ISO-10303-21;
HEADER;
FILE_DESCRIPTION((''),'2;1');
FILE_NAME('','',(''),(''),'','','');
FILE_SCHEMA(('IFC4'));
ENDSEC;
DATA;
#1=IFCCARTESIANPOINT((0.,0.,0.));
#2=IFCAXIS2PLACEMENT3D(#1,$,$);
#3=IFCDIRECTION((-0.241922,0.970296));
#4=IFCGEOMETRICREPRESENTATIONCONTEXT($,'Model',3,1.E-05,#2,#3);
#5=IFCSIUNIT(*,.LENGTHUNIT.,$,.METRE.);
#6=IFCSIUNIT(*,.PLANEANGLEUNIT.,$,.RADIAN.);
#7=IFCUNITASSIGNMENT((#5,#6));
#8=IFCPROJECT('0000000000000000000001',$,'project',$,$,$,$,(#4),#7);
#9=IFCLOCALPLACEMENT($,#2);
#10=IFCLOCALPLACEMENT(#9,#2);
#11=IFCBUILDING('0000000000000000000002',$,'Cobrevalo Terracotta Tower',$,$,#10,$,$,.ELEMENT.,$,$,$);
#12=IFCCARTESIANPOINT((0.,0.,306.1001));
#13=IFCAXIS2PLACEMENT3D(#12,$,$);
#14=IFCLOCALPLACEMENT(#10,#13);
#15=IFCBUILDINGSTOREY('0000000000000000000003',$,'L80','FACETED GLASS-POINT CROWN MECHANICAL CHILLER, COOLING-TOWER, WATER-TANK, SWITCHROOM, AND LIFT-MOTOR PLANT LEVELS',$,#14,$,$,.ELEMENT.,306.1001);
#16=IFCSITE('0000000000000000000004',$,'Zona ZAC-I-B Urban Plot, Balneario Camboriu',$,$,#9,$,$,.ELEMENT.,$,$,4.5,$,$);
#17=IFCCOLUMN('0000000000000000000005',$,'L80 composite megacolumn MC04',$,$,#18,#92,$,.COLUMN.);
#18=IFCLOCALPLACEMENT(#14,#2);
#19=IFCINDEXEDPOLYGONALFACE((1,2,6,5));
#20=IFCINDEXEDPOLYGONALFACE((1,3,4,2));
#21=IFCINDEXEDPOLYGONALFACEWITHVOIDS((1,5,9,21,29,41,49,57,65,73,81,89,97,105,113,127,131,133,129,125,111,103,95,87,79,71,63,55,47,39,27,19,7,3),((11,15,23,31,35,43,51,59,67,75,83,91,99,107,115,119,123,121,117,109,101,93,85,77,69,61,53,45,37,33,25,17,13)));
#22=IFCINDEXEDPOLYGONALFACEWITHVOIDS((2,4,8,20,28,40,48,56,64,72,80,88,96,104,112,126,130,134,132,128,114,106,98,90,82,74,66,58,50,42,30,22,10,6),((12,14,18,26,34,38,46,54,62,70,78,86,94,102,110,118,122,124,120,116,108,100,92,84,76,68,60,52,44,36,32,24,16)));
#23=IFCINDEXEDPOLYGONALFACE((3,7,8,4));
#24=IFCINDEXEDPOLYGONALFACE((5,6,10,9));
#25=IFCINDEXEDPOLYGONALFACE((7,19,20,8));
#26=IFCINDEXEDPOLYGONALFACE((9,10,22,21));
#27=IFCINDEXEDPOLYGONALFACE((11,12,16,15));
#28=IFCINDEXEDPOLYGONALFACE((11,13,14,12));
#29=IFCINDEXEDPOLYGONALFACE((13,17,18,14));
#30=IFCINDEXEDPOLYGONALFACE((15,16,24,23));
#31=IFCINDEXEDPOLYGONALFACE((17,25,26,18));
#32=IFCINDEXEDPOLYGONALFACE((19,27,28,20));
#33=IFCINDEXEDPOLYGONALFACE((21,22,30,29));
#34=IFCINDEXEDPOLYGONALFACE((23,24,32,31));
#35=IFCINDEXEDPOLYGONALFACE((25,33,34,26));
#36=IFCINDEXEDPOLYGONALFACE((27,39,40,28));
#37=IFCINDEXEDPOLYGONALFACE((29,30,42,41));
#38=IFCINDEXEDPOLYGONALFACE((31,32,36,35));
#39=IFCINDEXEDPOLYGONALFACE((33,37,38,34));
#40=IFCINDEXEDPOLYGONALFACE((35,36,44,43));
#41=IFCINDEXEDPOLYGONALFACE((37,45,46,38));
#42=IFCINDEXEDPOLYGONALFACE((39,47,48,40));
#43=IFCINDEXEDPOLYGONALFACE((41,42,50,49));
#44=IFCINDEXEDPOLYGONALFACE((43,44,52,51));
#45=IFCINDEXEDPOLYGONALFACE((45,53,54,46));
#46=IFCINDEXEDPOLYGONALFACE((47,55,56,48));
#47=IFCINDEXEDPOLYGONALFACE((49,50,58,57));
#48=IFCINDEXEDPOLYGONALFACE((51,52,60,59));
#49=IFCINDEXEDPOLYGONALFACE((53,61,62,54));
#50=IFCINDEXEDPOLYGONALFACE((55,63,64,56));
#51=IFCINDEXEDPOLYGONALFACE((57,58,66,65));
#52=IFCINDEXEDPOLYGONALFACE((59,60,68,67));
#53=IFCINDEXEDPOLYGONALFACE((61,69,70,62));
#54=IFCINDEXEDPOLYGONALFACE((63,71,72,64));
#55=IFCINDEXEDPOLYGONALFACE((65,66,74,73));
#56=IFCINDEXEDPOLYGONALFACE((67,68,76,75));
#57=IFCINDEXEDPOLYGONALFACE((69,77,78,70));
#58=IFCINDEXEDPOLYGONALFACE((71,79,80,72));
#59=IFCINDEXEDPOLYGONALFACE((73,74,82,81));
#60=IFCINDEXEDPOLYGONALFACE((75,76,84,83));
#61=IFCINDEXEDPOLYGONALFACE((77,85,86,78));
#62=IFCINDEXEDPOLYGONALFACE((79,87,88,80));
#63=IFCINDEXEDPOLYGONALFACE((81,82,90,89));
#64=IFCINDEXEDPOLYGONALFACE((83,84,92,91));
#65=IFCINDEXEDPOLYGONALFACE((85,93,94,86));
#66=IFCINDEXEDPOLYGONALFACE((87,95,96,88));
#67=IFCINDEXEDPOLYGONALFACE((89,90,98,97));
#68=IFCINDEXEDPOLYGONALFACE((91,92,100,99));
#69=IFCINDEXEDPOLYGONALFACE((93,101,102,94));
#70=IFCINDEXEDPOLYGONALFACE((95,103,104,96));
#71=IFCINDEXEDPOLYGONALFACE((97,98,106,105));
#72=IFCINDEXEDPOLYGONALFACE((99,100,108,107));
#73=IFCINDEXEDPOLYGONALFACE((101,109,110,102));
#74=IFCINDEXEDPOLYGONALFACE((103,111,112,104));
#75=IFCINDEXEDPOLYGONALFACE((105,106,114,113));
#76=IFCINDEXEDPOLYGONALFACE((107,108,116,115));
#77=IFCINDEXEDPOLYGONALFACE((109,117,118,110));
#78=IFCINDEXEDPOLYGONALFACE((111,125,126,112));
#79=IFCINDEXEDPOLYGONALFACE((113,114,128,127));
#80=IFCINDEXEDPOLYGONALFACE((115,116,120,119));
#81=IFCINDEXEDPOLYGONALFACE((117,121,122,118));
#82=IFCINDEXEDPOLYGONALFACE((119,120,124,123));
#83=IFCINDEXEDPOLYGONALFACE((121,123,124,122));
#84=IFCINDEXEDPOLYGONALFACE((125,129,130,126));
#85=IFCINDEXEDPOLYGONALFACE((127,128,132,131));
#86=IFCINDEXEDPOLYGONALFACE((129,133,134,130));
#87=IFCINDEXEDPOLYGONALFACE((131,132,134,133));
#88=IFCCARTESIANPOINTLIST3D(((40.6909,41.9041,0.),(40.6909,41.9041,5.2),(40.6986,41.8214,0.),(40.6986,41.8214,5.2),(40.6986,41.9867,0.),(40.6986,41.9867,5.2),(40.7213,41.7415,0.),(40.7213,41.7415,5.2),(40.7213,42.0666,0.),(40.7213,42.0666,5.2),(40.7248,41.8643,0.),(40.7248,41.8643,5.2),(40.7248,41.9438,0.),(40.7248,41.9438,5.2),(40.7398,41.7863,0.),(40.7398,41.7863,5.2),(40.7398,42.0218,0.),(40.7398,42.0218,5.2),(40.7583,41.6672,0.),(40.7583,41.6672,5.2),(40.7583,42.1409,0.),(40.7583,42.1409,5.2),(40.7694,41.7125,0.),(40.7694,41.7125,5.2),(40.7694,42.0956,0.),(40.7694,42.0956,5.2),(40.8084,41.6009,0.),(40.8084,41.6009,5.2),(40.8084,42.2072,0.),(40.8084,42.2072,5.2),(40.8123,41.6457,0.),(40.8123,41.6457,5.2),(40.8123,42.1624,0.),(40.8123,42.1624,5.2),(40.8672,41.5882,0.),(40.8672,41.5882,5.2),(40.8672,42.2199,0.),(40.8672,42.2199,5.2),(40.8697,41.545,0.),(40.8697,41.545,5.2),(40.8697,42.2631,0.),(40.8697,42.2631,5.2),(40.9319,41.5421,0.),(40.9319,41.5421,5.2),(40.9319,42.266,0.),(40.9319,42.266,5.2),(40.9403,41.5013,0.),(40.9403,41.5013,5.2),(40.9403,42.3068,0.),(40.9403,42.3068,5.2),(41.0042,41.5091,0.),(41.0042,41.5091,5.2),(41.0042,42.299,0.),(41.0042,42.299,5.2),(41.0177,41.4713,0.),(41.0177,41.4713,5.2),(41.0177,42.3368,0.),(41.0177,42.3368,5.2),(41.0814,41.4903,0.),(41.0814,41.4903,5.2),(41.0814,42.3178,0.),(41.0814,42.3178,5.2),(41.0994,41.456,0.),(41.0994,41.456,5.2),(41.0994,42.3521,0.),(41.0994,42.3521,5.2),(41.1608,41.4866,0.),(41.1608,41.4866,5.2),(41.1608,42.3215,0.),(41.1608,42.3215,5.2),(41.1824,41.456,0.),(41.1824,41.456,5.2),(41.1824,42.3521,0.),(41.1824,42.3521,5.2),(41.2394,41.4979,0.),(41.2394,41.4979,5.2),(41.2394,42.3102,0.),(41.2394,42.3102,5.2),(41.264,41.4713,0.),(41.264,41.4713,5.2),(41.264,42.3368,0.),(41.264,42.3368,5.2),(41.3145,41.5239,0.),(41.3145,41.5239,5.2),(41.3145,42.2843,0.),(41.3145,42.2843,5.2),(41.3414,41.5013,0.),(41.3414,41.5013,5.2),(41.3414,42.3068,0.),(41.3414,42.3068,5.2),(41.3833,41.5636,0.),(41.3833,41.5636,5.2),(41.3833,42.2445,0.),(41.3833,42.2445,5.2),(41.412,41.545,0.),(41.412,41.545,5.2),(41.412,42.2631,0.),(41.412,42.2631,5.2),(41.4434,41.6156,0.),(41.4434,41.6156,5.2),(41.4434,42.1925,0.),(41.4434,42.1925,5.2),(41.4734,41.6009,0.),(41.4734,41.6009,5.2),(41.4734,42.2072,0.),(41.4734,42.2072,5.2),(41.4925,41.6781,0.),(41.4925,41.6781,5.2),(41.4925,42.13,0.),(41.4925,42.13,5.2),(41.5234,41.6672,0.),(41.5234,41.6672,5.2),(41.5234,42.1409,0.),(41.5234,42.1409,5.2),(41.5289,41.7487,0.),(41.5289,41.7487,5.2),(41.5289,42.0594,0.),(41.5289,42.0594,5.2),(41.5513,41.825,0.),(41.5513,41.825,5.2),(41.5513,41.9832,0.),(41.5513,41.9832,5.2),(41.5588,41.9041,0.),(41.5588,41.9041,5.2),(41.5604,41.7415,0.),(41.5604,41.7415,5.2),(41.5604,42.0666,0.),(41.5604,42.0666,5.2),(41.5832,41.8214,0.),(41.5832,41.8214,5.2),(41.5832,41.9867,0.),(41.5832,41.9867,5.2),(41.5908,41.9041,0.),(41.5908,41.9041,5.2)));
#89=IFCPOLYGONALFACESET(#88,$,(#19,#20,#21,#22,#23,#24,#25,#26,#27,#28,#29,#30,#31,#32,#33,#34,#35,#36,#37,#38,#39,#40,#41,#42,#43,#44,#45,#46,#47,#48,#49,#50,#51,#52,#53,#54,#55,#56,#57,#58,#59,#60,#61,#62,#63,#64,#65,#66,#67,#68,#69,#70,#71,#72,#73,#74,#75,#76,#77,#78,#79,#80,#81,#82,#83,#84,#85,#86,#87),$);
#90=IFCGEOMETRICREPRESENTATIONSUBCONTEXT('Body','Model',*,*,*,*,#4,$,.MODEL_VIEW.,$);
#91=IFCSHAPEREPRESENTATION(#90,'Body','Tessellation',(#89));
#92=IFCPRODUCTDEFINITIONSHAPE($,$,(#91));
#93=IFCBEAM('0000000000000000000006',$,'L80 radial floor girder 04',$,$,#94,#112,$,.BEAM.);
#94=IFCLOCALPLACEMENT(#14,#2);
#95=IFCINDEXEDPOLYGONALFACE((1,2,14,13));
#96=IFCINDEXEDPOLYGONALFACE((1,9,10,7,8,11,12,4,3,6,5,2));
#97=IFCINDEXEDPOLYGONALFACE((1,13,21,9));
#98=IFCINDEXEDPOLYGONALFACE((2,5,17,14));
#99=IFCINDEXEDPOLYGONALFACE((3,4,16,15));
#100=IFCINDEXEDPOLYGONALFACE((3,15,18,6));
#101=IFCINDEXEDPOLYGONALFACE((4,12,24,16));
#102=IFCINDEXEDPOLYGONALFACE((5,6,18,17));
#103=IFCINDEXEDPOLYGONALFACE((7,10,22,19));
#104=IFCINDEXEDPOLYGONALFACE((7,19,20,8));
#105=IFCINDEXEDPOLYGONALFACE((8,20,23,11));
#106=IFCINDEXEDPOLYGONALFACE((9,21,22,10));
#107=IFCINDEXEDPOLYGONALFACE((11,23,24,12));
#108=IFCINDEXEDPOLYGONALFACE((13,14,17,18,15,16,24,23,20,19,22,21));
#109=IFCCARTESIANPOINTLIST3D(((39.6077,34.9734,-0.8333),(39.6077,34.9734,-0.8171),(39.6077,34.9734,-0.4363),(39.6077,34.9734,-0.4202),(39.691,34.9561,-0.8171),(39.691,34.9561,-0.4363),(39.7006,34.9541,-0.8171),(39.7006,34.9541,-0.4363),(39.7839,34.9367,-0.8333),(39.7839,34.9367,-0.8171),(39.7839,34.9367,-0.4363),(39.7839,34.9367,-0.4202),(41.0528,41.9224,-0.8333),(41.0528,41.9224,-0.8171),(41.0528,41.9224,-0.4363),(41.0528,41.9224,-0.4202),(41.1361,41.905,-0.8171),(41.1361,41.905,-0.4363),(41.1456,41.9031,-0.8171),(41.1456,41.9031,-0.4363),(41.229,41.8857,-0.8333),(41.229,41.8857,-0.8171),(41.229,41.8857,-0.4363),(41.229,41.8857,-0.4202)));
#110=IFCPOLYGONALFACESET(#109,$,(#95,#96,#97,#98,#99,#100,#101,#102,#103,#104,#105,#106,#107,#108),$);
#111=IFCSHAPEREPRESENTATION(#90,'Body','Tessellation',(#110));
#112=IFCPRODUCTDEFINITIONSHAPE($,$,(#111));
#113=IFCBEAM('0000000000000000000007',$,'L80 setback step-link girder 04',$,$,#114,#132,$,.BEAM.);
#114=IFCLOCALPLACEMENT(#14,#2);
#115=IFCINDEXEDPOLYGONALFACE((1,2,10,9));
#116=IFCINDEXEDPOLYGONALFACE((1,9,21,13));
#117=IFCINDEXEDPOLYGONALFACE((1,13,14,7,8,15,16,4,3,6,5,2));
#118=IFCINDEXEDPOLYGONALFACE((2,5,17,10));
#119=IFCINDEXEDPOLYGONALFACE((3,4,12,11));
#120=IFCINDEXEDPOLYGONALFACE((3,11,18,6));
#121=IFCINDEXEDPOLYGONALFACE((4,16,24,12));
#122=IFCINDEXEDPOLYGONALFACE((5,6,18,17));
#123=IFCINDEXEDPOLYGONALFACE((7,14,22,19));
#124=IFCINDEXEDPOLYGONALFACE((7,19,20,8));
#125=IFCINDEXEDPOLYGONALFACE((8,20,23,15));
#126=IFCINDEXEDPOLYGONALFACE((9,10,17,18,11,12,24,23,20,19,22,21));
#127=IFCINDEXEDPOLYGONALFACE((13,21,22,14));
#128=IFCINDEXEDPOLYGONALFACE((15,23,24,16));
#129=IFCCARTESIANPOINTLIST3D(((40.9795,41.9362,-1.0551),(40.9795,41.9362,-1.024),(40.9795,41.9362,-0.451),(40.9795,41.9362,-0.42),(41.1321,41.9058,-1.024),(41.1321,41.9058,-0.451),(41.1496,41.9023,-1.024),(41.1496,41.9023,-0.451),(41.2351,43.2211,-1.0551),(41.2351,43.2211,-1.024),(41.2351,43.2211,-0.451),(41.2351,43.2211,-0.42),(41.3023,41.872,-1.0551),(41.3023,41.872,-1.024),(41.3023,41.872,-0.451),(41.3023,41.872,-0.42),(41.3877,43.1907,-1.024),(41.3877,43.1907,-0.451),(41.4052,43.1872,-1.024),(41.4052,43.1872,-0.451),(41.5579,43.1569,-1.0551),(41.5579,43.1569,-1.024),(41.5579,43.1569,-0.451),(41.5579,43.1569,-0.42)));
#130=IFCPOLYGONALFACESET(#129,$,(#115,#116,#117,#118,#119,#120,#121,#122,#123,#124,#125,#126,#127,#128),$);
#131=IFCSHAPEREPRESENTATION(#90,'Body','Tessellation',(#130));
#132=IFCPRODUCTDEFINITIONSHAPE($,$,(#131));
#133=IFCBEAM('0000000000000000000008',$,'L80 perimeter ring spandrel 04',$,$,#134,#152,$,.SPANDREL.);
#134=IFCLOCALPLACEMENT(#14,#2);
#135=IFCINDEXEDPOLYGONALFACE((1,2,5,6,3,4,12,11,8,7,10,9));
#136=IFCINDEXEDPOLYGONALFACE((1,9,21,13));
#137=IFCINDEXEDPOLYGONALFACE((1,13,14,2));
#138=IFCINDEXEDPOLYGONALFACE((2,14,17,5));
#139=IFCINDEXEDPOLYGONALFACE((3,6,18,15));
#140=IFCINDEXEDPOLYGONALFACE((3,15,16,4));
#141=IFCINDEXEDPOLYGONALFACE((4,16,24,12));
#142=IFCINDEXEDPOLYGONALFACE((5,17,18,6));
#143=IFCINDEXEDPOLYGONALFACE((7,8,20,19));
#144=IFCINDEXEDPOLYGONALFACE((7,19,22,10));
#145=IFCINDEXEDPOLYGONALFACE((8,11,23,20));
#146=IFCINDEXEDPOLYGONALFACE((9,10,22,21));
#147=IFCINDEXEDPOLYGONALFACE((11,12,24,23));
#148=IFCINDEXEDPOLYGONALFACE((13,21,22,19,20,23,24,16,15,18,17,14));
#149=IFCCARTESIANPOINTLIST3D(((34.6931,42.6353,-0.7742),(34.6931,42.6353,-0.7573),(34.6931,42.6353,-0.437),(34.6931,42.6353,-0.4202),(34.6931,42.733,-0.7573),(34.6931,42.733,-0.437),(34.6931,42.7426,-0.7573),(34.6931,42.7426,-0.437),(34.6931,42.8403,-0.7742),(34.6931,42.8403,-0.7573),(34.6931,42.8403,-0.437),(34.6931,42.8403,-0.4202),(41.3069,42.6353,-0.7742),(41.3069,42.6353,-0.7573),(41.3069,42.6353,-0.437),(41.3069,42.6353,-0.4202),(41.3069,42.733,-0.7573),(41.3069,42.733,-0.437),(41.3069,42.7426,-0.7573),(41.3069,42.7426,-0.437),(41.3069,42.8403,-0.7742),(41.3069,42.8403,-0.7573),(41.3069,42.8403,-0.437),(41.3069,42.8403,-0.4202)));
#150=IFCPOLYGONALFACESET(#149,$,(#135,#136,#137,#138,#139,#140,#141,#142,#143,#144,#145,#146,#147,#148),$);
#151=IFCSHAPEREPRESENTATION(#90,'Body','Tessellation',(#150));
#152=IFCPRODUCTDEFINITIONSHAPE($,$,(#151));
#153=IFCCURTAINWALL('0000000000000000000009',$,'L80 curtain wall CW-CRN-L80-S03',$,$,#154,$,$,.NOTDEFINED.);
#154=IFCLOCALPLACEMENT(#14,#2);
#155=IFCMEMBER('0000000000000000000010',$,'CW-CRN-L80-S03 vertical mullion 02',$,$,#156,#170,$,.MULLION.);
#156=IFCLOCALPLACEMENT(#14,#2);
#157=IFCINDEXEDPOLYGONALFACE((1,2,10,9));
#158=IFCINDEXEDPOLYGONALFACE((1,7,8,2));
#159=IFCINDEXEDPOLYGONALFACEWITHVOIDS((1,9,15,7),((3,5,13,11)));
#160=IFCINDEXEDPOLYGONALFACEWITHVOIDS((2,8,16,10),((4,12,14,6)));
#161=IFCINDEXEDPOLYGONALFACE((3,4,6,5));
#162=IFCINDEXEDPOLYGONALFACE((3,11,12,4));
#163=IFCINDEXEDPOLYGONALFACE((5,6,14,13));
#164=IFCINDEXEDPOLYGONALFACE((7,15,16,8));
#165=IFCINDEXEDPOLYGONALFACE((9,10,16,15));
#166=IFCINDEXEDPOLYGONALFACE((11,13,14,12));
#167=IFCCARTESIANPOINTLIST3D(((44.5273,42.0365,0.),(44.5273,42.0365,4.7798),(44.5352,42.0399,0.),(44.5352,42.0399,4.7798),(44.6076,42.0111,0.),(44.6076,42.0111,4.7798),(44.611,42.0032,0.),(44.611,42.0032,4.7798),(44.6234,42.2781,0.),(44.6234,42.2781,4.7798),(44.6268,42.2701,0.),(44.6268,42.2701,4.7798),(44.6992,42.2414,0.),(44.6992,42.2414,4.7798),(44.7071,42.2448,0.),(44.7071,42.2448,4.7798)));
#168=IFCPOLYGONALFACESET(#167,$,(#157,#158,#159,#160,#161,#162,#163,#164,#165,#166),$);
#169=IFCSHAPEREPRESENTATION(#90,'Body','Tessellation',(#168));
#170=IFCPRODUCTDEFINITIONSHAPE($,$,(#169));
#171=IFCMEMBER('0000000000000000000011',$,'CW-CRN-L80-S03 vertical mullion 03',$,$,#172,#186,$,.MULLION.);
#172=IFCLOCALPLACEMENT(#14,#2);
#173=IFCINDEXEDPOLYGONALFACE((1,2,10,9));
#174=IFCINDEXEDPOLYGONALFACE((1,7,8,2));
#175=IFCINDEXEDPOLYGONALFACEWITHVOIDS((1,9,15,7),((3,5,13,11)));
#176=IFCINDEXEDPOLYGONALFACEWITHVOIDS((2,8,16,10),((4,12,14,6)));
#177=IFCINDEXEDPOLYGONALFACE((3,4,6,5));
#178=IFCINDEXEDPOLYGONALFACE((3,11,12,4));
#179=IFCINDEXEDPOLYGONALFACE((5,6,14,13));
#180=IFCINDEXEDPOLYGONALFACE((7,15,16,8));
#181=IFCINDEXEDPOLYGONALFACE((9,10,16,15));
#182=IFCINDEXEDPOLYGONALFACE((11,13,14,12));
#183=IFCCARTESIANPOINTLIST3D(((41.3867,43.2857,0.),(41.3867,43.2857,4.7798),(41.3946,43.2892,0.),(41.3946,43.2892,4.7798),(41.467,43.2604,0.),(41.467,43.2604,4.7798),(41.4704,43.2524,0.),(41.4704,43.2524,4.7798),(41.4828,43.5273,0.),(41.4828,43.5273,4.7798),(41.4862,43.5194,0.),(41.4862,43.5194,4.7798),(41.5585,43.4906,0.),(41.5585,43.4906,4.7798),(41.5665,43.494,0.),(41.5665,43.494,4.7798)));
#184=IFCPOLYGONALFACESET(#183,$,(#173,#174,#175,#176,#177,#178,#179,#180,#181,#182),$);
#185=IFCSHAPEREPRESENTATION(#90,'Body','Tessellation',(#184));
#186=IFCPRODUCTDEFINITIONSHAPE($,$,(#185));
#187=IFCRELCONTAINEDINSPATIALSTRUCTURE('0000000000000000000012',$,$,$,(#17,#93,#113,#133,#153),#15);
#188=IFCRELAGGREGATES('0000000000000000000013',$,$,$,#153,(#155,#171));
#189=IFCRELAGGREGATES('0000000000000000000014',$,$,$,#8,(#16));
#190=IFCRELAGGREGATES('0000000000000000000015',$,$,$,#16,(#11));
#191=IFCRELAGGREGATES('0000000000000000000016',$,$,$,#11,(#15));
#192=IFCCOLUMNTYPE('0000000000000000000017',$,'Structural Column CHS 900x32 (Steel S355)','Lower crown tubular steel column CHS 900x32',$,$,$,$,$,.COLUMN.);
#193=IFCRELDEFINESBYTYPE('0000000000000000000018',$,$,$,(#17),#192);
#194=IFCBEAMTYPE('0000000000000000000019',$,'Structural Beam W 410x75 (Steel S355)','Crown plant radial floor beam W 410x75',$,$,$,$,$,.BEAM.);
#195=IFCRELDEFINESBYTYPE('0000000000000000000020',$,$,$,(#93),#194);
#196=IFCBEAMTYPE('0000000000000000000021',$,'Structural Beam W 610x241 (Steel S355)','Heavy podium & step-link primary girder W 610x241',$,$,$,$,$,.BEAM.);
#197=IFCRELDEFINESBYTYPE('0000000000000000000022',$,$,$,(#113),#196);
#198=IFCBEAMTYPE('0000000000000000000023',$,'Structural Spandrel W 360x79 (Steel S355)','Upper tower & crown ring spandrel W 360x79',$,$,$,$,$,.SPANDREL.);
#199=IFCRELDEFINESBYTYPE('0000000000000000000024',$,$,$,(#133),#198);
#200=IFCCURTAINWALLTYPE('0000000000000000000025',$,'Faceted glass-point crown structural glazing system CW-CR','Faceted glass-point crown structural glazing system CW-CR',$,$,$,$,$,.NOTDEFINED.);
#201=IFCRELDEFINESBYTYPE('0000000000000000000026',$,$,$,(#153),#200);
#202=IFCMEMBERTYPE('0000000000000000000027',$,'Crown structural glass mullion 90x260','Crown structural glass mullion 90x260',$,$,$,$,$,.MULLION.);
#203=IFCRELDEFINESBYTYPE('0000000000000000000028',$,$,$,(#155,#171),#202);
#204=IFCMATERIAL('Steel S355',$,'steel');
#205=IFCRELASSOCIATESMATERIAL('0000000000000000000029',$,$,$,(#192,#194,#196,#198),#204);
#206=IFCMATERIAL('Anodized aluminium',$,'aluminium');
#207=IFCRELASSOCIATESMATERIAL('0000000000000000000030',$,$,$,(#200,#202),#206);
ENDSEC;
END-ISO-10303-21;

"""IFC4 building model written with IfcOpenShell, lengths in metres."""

from ifc_helpers import new_model, si_unit, direction, frame, origin, origin_2d, place, context, subcontext, project, spatial, hollow_rectangle, hollow_circle, i_section, extrude, source, transform, mapped, material, material_profile, profile_set, type_object, element, aggregate, save


model = new_model("IFC4")

# Units and contexts
model_context = context("Model", 3, precision=1e-05, world=origin(), true_north=direction((-0.241922, 0.970296)))
body_context = subcontext(model_context, "Body", "Model", "MODEL_VIEW")
ifc_project = project(units=[si_unit("LENGTHUNIT", "METRE"), si_unit("PLANEANGLEUNIT", "RADIAN")], contexts=[model_context])

# Site, building, storey
site_placement = place(None, origin())
site = spatial("IfcSite", under=ifc_project, at=site_placement, Name="Zona ZAC-I-B Urban Plot, Balneario Camboriu", CompositionType="ELEMENT", RefElevation=4.5)
building_placement = place(site_placement, origin())
building = spatial("IfcBuilding", under=site, at=building_placement, Name="Cobrevalo Terracotta Tower", CompositionType="ELEMENT")
storey_placement = place(building_placement, frame((0.0, 0.0, 306.1001)))
storey = spatial("IfcBuildingStorey", under=building, at=storey_placement, Name="L80", Description="FACETED GLASS-POINT CROWN MECHANICAL CHILLER, COOLING-TOWER, WATER-TANK, SWITCHROOM, AND LIFT-MOTOR PLANT LEVELS", CompositionType="ELEMENT", Elevation=306.1001)

# Column
ifc_material_1 = material(Name="Steel S355", Category="steel")
ifc_material_profile_1 = material_profile(ifc_material_1, hollow_circle(Radius=0.45, WallThickness=0.032, at=origin_2d()), Name="CHS 900x32")
ifc_profile_set_1 = profile_set([ifc_material_profile_1], Name="Steel S355")
column_type = type_object("IfcColumnType", Name="Structural Column CHS 900x32 (Steel S355)", Description="Lower crown tubular steel column CHS 900x32", PredefinedType="COLUMN", material=ifc_profile_set_1)
column_placement = place(storey_placement, frame((41.1409, 41.9041, 0.0), z_axis=(0.0, 0.0, 1.0), x_axis=(1.0, 0.0, 0.0)))
element("IfcColumn", 1, at=column_placement, inside=storey, type_object=column_type, Name="L80 composite megacolumn MC04", PredefinedType="COLUMN", context=body_context, shape_type="SweptSolid", body=[
    extrude(hollow_circle(Radius=0.45, WallThickness=0.032, at=origin_2d()), origin(), (0.0, 0.0, 1.0), 5.2),
])

# Beams
ifc_material_profile_2 = material_profile(ifc_material_1, i_section(OverallWidth=0.1799, OverallDepth=0.4131, WebThickness=0.0098, FlangeThickness=0.0161, at=origin_2d()), Name="W 410x75")
ifc_profile_set_2 = profile_set([ifc_material_profile_2], Name="Steel S355")
beam_type_1 = type_object("IfcBeamType", Name="Structural Beam W 410x75 (Steel S355)", Description="Crown plant radial floor beam W 410x75", PredefinedType="BEAM", material=ifc_profile_set_2)
beam_1_placement = place(storey_placement, frame((41.1409, 41.9041, -0.6267), z_axis=(-0.203598, -0.979054, 0.0), x_axis=(0.979054, -0.203598, 0.0)))
element("IfcBeam", 2, at=beam_1_placement, inside=storey, type_object=beam_type_1, Name="L80 radial floor girder 04", PredefinedType="BEAM", context=body_context, shape_type="SweptSolid", body=[
    extrude(i_section(OverallWidth=0.1799, OverallDepth=0.4131, WebThickness=0.0098, FlangeThickness=0.0161, at=origin_2d()), origin(), (0.0, 0.0, 1.0), 7.0977),
])
ifc_material_profile_3 = material_profile(ifc_material_1, i_section(OverallWidth=0.3291, OverallDepth=0.635, WebThickness=0.0178, FlangeThickness=0.031, at=origin_2d()), Name="W 610x241")
ifc_profile_set_3 = profile_set([ifc_material_profile_3], Name="Steel S355")
beam_type_2 = type_object("IfcBeamType", Name="Structural Beam W 610x241 (Steel S355)", Description="Heavy podium & step-link primary girder W 610x241", PredefinedType="BEAM", material=ifc_profile_set_3)
beam_2_placement = place(storey_placement, frame((41.3965, 43.189, -0.7375), z_axis=(-0.195113, -0.980781, 0.0), x_axis=(0.980781, -0.195113, 0.0)))
element("IfcBeam", 3, at=beam_2_placement, inside=storey, type_object=beam_type_2, Name="L80 setback step-link girder 04", PredefinedType="BEAM", context=body_context, shape_type="SweptSolid", body=[
    extrude(i_section(OverallWidth=0.3291, OverallDepth=0.635, WebThickness=0.0178, FlangeThickness=0.031, at=origin_2d()), origin(), (0.0, 0.0, 1.0), 1.3101),
])
ifc_material_profile_4 = material_profile(ifc_material_1, i_section(OverallWidth=0.2051, OverallDepth=0.354, WebThickness=0.0095, FlangeThickness=0.0168, at=origin_2d()), Name="W 360x79")
ifc_profile_set_4 = profile_set([ifc_material_profile_4], Name="Steel S355")
beam_type_3 = type_object("IfcBeamType", Name="Structural Spandrel W 360x79 (Steel S355)", Description="Upper tower & crown ring spandrel W 360x79", PredefinedType="SPANDREL", material=ifc_profile_set_4)
beam_3_placement = place(storey_placement, frame((41.3069, 42.7378, -0.5972), z_axis=(-1.0, 0.0, 0.0), x_axis=(0.0, -1.0, 0.0)))
element("IfcBeam", 4, at=beam_3_placement, inside=storey, type_object=beam_type_3, Name="L80 perimeter ring spandrel 04", PredefinedType="SPANDREL", context=body_context, shape_type="SweptSolid", body=[
    extrude(i_section(OverallWidth=0.2051, OverallDepth=0.354, WebThickness=0.0095, FlangeThickness=0.0168, at=origin_2d()), origin(), (0.0, 0.0, 1.0), 6.6138),
])

# Curtain wall, members
ifc_material_2 = material(Name="Anodized aluminium", Category="aluminium")
curtain_wall_type = type_object("IfcCurtainWallType", Name="Faceted glass-point crown structural glazing system CW-CR", Description="Faceted glass-point crown structural glazing system CW-CR", PredefinedType="NOTDEFINED", material=ifc_material_2)
curtain_wall_1_placement = place(storey_placement, origin())
curtain_wall_1 = element("IfcCurtainWall", 5, at=curtain_wall_1_placement, inside=storey, type_object=curtain_wall_type, Name="L80 curtain wall CW-CRN-L80-S03", PredefinedType="NOTDEFINED")
ifc_material_profile_5 = material_profile(ifc_material_2, hollow_rectangle(XDim=0.0901, YDim=0.26, WallThickness=0.0061, at=origin_2d()), Name="CWM 90x260")
ifc_profile_set_5 = profile_set([ifc_material_profile_5], Name="Anodized aluminium")
member_type_1 = type_object("IfcMemberType", Name="Crown structural glass mullion 90x260", Description="Crown structural glass mullion 90x260", PredefinedType="MULLION", material=ifc_profile_set_5)
shared_shape_1 = source(origin(), body_context, "Body", "SweptSolid", [
    extrude(hollow_rectangle(XDim=0.0901, YDim=0.26, WallThickness=0.0061, at=origin_2d()), origin(), (0.0, 0.0, 1.0), 4.7798),
])
member_1_placement = place(storey_placement, frame((44.6172, 42.1406, 0.0), z_axis=(0.0, 0.0, 1.0), x_axis=(-0.929191, 0.369601, 0.0)))
member_1 = element("IfcMember", 6, at=member_1_placement, type_object=member_type_1, Name="CW-CRN-L80-S03 vertical mullion 02", PredefinedType="MULLION", context=body_context, shape_type="MappedRepresentation", body=[
    mapped(shared_shape_1, transform((0.0, 0.0, 0.0), scale=1.0)),
])
member_2_placement = place(storey_placement, frame((41.4766, 43.3899, 0.0), z_axis=(0.0, 0.0, 1.0), x_axis=(-0.929191, 0.369601, 0.0)))
member_2 = element("IfcMember", 7, at=member_2_placement, type_object=member_type_1, Name="CW-CRN-L80-S03 vertical mullion 03", PredefinedType="MULLION", context=body_context, shape_type="MappedRepresentation", body=[
    mapped(shared_shape_1, transform((0.0, 0.0, 0.0), scale=1.0)),
])

aggregate(curtain_wall_1, [member_1, member_2])

save(model, "model.ifc")
